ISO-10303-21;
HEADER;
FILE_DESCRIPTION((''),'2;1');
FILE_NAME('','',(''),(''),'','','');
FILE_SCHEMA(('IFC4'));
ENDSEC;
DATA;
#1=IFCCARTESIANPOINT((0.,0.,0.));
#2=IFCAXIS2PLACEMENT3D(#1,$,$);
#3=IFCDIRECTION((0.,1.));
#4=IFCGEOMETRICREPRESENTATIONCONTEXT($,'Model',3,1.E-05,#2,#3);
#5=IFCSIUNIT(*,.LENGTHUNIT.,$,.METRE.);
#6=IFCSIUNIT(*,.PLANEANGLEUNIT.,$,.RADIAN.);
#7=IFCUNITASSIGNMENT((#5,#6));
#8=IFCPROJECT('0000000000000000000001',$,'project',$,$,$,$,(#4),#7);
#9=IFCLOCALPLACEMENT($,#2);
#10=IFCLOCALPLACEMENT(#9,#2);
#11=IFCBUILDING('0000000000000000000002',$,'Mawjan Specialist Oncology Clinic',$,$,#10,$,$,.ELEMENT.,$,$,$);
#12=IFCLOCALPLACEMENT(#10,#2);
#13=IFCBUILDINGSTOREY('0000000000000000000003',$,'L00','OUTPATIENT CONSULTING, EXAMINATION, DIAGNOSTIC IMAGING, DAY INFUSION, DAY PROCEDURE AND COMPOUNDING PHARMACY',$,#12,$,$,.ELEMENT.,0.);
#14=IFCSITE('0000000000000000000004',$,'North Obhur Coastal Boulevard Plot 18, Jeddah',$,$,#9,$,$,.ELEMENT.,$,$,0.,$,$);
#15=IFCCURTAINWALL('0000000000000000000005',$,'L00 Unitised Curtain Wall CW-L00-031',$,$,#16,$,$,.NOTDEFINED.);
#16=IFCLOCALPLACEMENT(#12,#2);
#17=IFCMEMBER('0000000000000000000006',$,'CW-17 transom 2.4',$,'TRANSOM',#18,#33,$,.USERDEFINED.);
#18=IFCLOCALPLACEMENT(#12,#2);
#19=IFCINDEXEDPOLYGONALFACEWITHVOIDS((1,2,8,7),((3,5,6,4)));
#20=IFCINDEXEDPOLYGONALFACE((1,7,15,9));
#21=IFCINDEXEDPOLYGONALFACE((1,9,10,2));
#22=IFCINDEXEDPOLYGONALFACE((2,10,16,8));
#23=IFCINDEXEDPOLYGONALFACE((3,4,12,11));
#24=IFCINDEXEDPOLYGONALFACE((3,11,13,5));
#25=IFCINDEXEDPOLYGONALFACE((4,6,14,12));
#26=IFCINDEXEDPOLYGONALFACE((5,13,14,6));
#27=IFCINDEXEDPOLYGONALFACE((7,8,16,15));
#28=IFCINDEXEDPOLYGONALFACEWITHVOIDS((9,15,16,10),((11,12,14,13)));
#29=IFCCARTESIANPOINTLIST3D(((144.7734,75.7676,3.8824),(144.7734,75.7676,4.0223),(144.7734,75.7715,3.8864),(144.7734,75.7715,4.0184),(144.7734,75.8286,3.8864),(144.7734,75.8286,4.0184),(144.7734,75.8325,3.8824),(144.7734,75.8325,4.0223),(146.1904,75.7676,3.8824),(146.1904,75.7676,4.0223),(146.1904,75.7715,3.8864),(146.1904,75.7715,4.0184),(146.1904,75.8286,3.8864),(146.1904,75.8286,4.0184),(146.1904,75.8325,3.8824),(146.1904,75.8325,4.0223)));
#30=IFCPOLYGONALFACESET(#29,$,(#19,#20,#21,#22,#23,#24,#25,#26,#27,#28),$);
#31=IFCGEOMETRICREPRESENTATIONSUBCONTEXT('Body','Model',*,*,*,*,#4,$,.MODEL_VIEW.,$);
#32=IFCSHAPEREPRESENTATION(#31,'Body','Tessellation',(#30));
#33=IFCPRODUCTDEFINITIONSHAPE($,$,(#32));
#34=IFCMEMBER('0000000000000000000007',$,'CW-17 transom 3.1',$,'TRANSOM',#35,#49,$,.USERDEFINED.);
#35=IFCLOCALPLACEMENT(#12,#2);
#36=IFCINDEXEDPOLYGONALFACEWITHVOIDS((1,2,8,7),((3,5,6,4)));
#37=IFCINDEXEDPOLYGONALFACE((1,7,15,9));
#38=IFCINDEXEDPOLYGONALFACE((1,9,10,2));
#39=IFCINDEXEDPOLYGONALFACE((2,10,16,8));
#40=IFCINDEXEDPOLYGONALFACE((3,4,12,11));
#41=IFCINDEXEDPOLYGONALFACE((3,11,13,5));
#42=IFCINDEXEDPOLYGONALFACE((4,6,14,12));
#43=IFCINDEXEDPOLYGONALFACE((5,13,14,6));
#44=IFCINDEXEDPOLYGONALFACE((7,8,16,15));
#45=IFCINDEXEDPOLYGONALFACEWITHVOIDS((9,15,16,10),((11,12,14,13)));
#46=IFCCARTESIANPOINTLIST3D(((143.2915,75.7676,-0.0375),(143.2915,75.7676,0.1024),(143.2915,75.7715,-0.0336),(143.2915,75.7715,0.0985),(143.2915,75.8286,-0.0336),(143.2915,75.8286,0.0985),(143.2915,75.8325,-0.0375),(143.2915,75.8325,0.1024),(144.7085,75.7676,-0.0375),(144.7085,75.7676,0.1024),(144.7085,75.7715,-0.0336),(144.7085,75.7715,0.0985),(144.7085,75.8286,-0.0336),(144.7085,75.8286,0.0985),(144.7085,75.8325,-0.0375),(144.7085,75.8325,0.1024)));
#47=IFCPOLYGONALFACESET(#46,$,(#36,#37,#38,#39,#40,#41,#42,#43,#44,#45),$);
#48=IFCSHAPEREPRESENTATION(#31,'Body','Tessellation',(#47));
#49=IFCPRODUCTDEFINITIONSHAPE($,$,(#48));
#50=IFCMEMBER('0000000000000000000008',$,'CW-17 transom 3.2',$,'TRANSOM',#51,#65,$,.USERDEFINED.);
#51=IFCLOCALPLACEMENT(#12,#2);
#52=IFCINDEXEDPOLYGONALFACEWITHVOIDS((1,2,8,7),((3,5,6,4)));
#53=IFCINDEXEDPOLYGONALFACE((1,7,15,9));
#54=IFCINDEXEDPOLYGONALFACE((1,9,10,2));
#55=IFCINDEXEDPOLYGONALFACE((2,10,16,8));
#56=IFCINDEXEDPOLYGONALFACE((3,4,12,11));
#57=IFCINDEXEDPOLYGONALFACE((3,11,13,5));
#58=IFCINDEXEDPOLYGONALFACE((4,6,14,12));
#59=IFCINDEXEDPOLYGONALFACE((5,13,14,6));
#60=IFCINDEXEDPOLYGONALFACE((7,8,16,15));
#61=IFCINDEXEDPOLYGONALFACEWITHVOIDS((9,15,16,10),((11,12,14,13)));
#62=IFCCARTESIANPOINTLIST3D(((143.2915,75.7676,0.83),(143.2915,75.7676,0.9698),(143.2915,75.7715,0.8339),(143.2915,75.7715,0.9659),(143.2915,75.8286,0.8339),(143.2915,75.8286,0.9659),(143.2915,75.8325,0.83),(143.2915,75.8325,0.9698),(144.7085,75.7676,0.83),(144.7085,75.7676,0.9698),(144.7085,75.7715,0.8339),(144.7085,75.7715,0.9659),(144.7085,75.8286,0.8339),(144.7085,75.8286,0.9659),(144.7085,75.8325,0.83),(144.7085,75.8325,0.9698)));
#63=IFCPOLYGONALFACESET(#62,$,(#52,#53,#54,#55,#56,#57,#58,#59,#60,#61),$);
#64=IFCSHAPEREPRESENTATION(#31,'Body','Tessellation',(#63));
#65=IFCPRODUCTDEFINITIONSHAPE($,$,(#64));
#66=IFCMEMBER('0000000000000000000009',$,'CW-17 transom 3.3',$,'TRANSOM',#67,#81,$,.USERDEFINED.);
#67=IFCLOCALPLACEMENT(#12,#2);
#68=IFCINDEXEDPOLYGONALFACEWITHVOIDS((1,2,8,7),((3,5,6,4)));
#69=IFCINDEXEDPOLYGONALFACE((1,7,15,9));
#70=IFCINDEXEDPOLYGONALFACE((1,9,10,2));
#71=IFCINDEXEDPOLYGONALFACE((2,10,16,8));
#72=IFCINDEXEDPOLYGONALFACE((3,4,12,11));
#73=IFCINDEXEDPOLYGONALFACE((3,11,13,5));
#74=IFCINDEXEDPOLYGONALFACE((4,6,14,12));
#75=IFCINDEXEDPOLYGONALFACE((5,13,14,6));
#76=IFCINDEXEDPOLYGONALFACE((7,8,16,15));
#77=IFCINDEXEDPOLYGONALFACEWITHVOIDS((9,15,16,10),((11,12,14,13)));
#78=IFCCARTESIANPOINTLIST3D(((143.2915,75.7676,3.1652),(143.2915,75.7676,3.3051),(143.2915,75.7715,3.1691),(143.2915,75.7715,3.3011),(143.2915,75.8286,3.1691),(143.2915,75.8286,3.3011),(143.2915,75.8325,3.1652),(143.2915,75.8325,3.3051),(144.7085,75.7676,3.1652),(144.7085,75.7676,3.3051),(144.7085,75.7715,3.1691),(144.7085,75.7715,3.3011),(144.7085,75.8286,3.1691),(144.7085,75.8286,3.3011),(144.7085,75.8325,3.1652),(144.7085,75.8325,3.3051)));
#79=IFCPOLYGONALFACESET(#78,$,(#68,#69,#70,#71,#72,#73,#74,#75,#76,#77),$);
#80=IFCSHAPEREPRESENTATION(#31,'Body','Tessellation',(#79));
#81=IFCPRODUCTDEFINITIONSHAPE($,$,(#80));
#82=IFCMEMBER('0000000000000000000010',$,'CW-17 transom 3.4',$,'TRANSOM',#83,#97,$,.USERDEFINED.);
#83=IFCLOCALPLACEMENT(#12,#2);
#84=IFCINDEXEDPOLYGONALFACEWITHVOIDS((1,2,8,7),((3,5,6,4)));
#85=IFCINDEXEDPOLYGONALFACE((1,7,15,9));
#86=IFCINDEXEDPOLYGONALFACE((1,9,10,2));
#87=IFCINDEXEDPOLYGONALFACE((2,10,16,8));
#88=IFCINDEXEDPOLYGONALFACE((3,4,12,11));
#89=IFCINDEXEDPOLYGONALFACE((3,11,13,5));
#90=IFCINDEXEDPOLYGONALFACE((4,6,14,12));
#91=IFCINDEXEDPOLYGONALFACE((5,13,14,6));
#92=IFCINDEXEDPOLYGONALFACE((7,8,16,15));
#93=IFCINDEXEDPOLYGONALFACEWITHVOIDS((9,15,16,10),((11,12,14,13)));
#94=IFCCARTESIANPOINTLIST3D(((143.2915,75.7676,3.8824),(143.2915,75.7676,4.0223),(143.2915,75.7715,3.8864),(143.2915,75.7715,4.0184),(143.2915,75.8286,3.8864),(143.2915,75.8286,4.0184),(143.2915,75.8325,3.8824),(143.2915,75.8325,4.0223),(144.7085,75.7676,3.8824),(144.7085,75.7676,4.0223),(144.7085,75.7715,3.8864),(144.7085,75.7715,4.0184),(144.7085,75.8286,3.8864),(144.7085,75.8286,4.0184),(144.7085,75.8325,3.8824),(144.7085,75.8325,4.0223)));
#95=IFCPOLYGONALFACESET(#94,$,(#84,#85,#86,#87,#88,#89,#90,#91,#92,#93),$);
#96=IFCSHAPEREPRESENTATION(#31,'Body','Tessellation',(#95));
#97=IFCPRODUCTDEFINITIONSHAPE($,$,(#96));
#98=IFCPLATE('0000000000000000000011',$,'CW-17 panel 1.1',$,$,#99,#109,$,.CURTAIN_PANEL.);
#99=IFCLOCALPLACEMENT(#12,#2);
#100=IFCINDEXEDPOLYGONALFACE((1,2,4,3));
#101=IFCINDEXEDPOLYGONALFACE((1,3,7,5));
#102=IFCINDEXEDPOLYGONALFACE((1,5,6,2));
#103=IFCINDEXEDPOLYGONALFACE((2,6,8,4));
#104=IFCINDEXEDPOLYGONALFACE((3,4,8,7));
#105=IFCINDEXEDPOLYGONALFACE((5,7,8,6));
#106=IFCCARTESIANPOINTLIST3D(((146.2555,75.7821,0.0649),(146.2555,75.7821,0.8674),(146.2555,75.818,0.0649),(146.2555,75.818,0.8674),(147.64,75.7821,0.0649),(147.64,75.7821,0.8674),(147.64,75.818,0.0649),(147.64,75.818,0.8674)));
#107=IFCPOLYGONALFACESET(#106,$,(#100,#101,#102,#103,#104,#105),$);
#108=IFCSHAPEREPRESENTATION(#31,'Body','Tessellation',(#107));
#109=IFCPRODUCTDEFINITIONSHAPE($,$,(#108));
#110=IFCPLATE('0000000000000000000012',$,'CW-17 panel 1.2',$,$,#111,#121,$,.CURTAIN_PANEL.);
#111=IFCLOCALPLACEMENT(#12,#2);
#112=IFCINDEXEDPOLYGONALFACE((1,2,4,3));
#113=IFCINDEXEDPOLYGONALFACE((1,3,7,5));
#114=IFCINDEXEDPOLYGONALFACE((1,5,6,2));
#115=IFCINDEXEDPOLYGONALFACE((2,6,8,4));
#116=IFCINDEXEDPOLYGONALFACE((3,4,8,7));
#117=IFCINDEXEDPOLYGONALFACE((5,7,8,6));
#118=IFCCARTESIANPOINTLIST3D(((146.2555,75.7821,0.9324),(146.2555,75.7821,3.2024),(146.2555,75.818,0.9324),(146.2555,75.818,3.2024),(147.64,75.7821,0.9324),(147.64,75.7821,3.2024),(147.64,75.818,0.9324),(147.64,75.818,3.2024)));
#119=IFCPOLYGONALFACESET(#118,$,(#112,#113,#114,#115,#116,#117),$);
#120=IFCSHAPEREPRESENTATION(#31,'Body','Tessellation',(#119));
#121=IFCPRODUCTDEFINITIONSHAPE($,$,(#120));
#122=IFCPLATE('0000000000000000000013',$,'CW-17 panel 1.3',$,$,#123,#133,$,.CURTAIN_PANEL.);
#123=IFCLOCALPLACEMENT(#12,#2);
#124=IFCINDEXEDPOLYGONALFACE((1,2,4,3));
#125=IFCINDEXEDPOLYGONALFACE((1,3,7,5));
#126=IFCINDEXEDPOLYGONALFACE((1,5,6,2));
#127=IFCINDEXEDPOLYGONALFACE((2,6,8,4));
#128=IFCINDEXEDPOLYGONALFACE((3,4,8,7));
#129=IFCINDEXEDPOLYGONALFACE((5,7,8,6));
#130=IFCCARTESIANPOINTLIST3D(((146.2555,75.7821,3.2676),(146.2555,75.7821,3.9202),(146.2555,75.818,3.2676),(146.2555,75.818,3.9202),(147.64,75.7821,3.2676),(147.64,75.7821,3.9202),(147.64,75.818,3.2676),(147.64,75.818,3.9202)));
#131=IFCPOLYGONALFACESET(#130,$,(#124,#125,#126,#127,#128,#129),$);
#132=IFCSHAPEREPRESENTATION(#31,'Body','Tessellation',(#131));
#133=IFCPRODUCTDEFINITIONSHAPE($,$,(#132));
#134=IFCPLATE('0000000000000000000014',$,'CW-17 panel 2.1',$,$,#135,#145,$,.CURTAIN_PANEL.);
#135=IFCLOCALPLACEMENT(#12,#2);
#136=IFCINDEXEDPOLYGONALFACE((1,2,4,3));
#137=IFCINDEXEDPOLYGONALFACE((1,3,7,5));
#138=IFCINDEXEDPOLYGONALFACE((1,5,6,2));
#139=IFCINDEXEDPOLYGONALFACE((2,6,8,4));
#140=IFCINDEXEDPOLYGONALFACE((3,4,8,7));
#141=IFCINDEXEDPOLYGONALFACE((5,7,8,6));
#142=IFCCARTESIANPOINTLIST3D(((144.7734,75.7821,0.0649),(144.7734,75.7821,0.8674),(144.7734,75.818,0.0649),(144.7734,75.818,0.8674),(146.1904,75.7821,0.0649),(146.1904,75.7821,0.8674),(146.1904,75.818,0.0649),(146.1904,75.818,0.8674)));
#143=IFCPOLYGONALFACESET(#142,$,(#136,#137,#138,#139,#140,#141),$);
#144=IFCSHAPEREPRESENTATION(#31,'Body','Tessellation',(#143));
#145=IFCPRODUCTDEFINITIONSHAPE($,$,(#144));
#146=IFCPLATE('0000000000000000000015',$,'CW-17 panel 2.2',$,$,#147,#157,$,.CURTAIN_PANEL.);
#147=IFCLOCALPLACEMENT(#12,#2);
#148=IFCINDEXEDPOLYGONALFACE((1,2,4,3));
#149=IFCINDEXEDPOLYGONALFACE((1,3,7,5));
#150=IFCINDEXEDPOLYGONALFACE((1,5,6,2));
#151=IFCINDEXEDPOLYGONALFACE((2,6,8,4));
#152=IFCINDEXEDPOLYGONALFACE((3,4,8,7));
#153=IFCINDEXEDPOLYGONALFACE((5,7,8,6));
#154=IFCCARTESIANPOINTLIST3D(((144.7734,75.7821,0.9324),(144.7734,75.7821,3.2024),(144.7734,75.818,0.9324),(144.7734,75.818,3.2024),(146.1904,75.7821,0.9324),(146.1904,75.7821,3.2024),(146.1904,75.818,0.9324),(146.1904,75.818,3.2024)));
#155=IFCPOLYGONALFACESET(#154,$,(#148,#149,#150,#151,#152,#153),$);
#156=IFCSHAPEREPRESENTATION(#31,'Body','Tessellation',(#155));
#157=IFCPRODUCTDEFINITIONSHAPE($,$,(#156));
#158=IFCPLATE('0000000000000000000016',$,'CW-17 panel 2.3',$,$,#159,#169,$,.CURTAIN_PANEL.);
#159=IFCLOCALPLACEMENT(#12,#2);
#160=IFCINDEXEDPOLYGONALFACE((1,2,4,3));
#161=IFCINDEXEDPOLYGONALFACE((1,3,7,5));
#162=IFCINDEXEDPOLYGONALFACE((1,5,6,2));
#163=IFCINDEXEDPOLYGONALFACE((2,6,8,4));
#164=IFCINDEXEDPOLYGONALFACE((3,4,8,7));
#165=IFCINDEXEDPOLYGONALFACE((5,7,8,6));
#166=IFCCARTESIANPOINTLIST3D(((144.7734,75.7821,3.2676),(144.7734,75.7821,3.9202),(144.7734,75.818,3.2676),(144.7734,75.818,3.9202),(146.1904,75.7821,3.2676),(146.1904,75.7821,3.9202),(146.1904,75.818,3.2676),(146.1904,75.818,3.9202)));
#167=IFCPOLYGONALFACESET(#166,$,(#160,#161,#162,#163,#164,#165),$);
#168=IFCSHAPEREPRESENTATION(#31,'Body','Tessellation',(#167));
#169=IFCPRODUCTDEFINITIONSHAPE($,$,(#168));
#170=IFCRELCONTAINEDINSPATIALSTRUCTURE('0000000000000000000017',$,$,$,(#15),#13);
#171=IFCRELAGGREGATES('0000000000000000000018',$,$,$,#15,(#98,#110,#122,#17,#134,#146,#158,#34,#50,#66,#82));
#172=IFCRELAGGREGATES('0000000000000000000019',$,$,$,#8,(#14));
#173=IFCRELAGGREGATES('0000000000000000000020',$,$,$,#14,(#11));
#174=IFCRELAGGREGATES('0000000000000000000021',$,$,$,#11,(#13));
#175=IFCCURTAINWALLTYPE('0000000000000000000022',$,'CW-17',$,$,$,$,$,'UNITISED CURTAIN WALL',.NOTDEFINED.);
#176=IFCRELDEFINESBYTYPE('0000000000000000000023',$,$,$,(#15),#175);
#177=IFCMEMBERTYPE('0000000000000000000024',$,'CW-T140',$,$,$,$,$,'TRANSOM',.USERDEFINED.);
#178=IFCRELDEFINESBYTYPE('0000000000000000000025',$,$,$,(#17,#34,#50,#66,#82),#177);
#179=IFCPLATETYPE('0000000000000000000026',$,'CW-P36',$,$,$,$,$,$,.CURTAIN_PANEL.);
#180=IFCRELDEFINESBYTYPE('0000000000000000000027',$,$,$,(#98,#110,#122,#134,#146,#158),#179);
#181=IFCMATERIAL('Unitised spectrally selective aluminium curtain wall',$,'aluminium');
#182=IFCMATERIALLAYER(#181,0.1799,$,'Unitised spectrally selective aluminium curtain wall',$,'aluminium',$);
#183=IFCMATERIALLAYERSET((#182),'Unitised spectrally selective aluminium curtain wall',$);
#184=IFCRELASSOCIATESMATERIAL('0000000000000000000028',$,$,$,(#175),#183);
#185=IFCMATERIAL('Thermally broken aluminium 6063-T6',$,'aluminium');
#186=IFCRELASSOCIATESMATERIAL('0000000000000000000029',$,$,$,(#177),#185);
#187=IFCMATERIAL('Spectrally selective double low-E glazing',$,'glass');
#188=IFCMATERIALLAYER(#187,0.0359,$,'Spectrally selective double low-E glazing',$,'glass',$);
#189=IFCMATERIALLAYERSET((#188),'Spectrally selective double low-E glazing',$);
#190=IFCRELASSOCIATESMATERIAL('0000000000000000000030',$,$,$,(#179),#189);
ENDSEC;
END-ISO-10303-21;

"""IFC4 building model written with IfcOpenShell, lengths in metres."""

from ifc_helpers import new_model, si_unit, direction, frame, origin, origin_2d, place, context, subcontext, project, spatial, rectangle, hollow_rectangle, extrude, material, layer, layer_set, material_profile, profile_set, type_object, element, aggregate, save


model = new_model("IFC4")

# Units and contexts
model_context = context("Model", 3, precision=1e-05, world=origin(), true_north=direction((0.0, 1.0)))
body_context = subcontext(model_context, "Body", "Model", "MODEL_VIEW")
ifc_project = project(units=[si_unit("LENGTHUNIT", "METRE"), si_unit("PLANEANGLEUNIT", "RADIAN")], contexts=[model_context])

# Site, building, storey
site_placement = place(None, origin())
site = spatial("IfcSite", under=ifc_project, at=site_placement, Name="North Obhur Coastal Boulevard Plot 18, Jeddah", CompositionType="ELEMENT", RefElevation=0.0)
building_placement = place(site_placement, origin())
building = spatial("IfcBuilding", under=site, at=building_placement, Name="Mawjan Specialist Oncology Clinic", CompositionType="ELEMENT")
storey_placement = place(building_placement, origin())
storey = spatial("IfcBuildingStorey", under=building, at=storey_placement, Name="L00", Description="OUTPATIENT CONSULTING, EXAMINATION, DIAGNOSTIC IMAGING, DAY INFUSION, DAY PROCEDURE AND COMPOUNDING PHARMACY", CompositionType="ELEMENT", Elevation=0.0)

# Curtain wall, members, plates
ifc_material_1 = material(Name="Unitised spectrally selective aluminium curtain wall", Category="aluminium")
ifc_layer_1 = layer(ifc_material_1, 0.1799, Name="Unitised spectrally selective aluminium curtain wall", Category="aluminium")
ifc_layer_set_1 = layer_set([ifc_layer_1], Name="Unitised spectrally selective aluminium curtain wall")
curtain_wall_type = type_object("IfcCurtainWallType", Name="CW-17", ElementType="UNITISED CURTAIN WALL", PredefinedType="NOTDEFINED", material=ifc_layer_set_1)
curtain_wall_placement = place(storey_placement, origin())
curtain_wall = element("IfcCurtainWall", 1, at=curtain_wall_placement, inside=storey, type_object=curtain_wall_type, Name="L00 Unitised Curtain Wall CW-L00-031", PredefinedType="NOTDEFINED")
ifc_material_2 = material(Name="Thermally broken aluminium 6063-T6", Category="aluminium")
ifc_material_profile_1 = material_profile(ifc_material_2, hollow_rectangle(XDim=0.0649, YDim=0.1399, WallThickness=0.0039, at=origin_2d()), Name="ALU TRANSOM 140x65x4", Category="aluminium")
ifc_profile_set_1 = profile_set([ifc_material_profile_1], Name="Thermally broken aluminium 6063-T6")
member_type_1 = type_object("IfcMemberType", Name="CW-T140", ElementType="TRANSOM", PredefinedType="USERDEFINED", material=ifc_profile_set_1)
member_1_placement = place(storey_placement, frame((146.1904, 75.8, 3.9524), z_axis=(-1.0, 0.0, 0.0), x_axis=(0.0, -1.0, 0.0)))
member_1 = element("IfcMember", 2, at=member_1_placement, type_object=member_type_1, Name="CW-17 transom 2.4", ObjectType="TRANSOM", PredefinedType="USERDEFINED", context=body_context, shape_type="SweptSolid", body=[
    extrude(hollow_rectangle(XDim=0.0649, YDim=0.1399, WallThickness=0.0039, at=origin_2d()), origin(), (0.0, 0.0, 1.0), 1.417),
])
member_2_placement = place(storey_placement, frame((144.7085, 75.8, 0.0325), z_axis=(-1.0, 0.0, 0.0), x_axis=(0.0, -1.0, 0.0)))
member_2 = element("IfcMember", 3, at=member_2_placement, type_object=member_type_1, Name="CW-17 transom 3.1", ObjectType="TRANSOM", PredefinedType="USERDEFINED", context=body_context, shape_type="SweptSolid", body=[
    extrude(hollow_rectangle(XDim=0.0649, YDim=0.1399, WallThickness=0.0039, at=origin_2d()), origin(), (0.0, 0.0, 1.0), 1.417),
])
member_3_placement = place(storey_placement, frame((144.7085, 75.8, 0.8999), z_axis=(-1.0, 0.0, 0.0), x_axis=(0.0, -1.0, 0.0)))
member_3 = element("IfcMember", 4, at=member_3_placement, type_object=member_type_1, Name="CW-17 transom 3.2", ObjectType="TRANSOM", PredefinedType="USERDEFINED", context=body_context, shape_type="SweptSolid", body=[
    extrude(hollow_rectangle(XDim=0.0649, YDim=0.1399, WallThickness=0.0039, at=origin_2d()), origin(), (0.0, 0.0, 1.0), 1.417),
])
member_4_placement = place(storey_placement, frame((144.7085, 75.8, 3.2351), z_axis=(-1.0, 0.0, 0.0), x_axis=(0.0, -1.0, 0.0)))
member_4 = element("IfcMember", 5, at=member_4_placement, type_object=member_type_1, Name="CW-17 transom 3.3", ObjectType="TRANSOM", PredefinedType="USERDEFINED", context=body_context, shape_type="SweptSolid", body=[
    extrude(hollow_rectangle(XDim=0.0649, YDim=0.1399, WallThickness=0.0039, at=origin_2d()), origin(), (0.0, 0.0, 1.0), 1.417),
])
member_5_placement = place(storey_placement, frame((144.7085, 75.8, 3.9524), z_axis=(-1.0, 0.0, 0.0), x_axis=(0.0, -1.0, 0.0)))
member_5 = element("IfcMember", 6, at=member_5_placement, type_object=member_type_1, Name="CW-17 transom 3.4", ObjectType="TRANSOM", PredefinedType="USERDEFINED", context=body_context, shape_type="SweptSolid", body=[
    extrude(hollow_rectangle(XDim=0.0649, YDim=0.1399, WallThickness=0.0039, at=origin_2d()), origin(), (0.0, 0.0, 1.0), 1.417),
])
ifc_material_3 = material(Name="Spectrally selective double low-E glazing", Category="glass")
ifc_layer_2 = layer(ifc_material_3, 0.0359, Name="Spectrally selective double low-E glazing", Category="glass")
ifc_layer_set_2 = layer_set([ifc_layer_2], Name="Spectrally selective double low-E glazing")
plate_type = type_object("IfcPlateType", Name="CW-P36", PredefinedType="CURTAIN_PANEL", material=ifc_layer_set_2)
plate_1_placement = place(storey_placement, frame((146.9478, 75.8, 0.0649), z_axis=(0.0, 0.0, 1.0), x_axis=(-1.0, 0.0, 0.0)))
plate_1 = element("IfcPlate", 7, at=plate_1_placement, type_object=plate_type, Name="CW-17 panel 1.1", PredefinedType="CURTAIN_PANEL", context=body_context, shape_type="SweptSolid", body=[
    extrude(rectangle(XDim=1.3845, YDim=0.0359, at=origin_2d()), origin(), (0.0, 0.0, 1.0), 0.8025),
])
plate_2_placement = place(storey_placement, frame((146.9478, 75.8, 0.9324), z_axis=(0.0, 0.0, 1.0), x_axis=(-1.0, 0.0, 0.0)))
plate_2 = element("IfcPlate", 8, at=plate_2_placement, type_object=plate_type, Name="CW-17 panel 1.2", PredefinedType="CURTAIN_PANEL", context=body_context, shape_type="SweptSolid", body=[
    extrude(rectangle(XDim=1.3845, YDim=0.0359, at=origin_2d()), origin(), (0.0, 0.0, 1.0), 2.27),
])
plate_3_placement = place(storey_placement, frame((146.9478, 75.8, 3.2676), z_axis=(0.0, 0.0, 1.0), x_axis=(-1.0, 0.0, 0.0)))
plate_3 = element("IfcPlate", 9, at=plate_3_placement, type_object=plate_type, Name="CW-17 panel 1.3", PredefinedType="CURTAIN_PANEL", context=body_context, shape_type="SweptSolid", body=[
    extrude(rectangle(XDim=1.3845, YDim=0.0359, at=origin_2d()), origin(), (0.0, 0.0, 1.0), 0.6526),
])
plate_4_placement = place(storey_placement, frame((145.4819, 75.8, 0.0649), z_axis=(0.0, 0.0, 1.0), x_axis=(-1.0, 0.0, 0.0)))
plate_4 = element("IfcPlate", 10, at=plate_4_placement, type_object=plate_type, Name="CW-17 panel 2.1", PredefinedType="CURTAIN_PANEL", context=body_context, shape_type="SweptSolid", body=[
    extrude(rectangle(XDim=1.417, YDim=0.0359, at=origin_2d()), origin(), (0.0, 0.0, 1.0), 0.8025),
])
plate_5_placement = place(storey_placement, frame((145.4819, 75.8, 0.9324), z_axis=(0.0, 0.0, 1.0), x_axis=(-1.0, 0.0, 0.0)))
plate_5 = element("IfcPlate", 11, at=plate_5_placement, type_object=plate_type, Name="CW-17 panel 2.2", PredefinedType="CURTAIN_PANEL", context=body_context, shape_type="SweptSolid", body=[
    extrude(rectangle(XDim=1.417, YDim=0.0359, at=origin_2d()), origin(), (0.0, 0.0, 1.0), 2.27),
])
plate_6_placement = place(storey_placement, frame((145.4819, 75.8, 3.2676), z_axis=(0.0, 0.0, 1.0), x_axis=(-1.0, 0.0, 0.0)))
plate_6 = element("IfcPlate", 12, at=plate_6_placement, type_object=plate_type, Name="CW-17 panel 2.3", PredefinedType="CURTAIN_PANEL", context=body_context, shape_type="SweptSolid", body=[
    extrude(rectangle(XDim=1.417, YDim=0.0359, at=origin_2d()), origin(), (0.0, 0.0, 1.0), 0.6526),
])
aggregate(curtain_wall, [plate_1, plate_2, plate_3, member_1, plate_4, plate_5, plate_6, member_2, member_3, member_4, member_5])

save(model, "model.ifc")
